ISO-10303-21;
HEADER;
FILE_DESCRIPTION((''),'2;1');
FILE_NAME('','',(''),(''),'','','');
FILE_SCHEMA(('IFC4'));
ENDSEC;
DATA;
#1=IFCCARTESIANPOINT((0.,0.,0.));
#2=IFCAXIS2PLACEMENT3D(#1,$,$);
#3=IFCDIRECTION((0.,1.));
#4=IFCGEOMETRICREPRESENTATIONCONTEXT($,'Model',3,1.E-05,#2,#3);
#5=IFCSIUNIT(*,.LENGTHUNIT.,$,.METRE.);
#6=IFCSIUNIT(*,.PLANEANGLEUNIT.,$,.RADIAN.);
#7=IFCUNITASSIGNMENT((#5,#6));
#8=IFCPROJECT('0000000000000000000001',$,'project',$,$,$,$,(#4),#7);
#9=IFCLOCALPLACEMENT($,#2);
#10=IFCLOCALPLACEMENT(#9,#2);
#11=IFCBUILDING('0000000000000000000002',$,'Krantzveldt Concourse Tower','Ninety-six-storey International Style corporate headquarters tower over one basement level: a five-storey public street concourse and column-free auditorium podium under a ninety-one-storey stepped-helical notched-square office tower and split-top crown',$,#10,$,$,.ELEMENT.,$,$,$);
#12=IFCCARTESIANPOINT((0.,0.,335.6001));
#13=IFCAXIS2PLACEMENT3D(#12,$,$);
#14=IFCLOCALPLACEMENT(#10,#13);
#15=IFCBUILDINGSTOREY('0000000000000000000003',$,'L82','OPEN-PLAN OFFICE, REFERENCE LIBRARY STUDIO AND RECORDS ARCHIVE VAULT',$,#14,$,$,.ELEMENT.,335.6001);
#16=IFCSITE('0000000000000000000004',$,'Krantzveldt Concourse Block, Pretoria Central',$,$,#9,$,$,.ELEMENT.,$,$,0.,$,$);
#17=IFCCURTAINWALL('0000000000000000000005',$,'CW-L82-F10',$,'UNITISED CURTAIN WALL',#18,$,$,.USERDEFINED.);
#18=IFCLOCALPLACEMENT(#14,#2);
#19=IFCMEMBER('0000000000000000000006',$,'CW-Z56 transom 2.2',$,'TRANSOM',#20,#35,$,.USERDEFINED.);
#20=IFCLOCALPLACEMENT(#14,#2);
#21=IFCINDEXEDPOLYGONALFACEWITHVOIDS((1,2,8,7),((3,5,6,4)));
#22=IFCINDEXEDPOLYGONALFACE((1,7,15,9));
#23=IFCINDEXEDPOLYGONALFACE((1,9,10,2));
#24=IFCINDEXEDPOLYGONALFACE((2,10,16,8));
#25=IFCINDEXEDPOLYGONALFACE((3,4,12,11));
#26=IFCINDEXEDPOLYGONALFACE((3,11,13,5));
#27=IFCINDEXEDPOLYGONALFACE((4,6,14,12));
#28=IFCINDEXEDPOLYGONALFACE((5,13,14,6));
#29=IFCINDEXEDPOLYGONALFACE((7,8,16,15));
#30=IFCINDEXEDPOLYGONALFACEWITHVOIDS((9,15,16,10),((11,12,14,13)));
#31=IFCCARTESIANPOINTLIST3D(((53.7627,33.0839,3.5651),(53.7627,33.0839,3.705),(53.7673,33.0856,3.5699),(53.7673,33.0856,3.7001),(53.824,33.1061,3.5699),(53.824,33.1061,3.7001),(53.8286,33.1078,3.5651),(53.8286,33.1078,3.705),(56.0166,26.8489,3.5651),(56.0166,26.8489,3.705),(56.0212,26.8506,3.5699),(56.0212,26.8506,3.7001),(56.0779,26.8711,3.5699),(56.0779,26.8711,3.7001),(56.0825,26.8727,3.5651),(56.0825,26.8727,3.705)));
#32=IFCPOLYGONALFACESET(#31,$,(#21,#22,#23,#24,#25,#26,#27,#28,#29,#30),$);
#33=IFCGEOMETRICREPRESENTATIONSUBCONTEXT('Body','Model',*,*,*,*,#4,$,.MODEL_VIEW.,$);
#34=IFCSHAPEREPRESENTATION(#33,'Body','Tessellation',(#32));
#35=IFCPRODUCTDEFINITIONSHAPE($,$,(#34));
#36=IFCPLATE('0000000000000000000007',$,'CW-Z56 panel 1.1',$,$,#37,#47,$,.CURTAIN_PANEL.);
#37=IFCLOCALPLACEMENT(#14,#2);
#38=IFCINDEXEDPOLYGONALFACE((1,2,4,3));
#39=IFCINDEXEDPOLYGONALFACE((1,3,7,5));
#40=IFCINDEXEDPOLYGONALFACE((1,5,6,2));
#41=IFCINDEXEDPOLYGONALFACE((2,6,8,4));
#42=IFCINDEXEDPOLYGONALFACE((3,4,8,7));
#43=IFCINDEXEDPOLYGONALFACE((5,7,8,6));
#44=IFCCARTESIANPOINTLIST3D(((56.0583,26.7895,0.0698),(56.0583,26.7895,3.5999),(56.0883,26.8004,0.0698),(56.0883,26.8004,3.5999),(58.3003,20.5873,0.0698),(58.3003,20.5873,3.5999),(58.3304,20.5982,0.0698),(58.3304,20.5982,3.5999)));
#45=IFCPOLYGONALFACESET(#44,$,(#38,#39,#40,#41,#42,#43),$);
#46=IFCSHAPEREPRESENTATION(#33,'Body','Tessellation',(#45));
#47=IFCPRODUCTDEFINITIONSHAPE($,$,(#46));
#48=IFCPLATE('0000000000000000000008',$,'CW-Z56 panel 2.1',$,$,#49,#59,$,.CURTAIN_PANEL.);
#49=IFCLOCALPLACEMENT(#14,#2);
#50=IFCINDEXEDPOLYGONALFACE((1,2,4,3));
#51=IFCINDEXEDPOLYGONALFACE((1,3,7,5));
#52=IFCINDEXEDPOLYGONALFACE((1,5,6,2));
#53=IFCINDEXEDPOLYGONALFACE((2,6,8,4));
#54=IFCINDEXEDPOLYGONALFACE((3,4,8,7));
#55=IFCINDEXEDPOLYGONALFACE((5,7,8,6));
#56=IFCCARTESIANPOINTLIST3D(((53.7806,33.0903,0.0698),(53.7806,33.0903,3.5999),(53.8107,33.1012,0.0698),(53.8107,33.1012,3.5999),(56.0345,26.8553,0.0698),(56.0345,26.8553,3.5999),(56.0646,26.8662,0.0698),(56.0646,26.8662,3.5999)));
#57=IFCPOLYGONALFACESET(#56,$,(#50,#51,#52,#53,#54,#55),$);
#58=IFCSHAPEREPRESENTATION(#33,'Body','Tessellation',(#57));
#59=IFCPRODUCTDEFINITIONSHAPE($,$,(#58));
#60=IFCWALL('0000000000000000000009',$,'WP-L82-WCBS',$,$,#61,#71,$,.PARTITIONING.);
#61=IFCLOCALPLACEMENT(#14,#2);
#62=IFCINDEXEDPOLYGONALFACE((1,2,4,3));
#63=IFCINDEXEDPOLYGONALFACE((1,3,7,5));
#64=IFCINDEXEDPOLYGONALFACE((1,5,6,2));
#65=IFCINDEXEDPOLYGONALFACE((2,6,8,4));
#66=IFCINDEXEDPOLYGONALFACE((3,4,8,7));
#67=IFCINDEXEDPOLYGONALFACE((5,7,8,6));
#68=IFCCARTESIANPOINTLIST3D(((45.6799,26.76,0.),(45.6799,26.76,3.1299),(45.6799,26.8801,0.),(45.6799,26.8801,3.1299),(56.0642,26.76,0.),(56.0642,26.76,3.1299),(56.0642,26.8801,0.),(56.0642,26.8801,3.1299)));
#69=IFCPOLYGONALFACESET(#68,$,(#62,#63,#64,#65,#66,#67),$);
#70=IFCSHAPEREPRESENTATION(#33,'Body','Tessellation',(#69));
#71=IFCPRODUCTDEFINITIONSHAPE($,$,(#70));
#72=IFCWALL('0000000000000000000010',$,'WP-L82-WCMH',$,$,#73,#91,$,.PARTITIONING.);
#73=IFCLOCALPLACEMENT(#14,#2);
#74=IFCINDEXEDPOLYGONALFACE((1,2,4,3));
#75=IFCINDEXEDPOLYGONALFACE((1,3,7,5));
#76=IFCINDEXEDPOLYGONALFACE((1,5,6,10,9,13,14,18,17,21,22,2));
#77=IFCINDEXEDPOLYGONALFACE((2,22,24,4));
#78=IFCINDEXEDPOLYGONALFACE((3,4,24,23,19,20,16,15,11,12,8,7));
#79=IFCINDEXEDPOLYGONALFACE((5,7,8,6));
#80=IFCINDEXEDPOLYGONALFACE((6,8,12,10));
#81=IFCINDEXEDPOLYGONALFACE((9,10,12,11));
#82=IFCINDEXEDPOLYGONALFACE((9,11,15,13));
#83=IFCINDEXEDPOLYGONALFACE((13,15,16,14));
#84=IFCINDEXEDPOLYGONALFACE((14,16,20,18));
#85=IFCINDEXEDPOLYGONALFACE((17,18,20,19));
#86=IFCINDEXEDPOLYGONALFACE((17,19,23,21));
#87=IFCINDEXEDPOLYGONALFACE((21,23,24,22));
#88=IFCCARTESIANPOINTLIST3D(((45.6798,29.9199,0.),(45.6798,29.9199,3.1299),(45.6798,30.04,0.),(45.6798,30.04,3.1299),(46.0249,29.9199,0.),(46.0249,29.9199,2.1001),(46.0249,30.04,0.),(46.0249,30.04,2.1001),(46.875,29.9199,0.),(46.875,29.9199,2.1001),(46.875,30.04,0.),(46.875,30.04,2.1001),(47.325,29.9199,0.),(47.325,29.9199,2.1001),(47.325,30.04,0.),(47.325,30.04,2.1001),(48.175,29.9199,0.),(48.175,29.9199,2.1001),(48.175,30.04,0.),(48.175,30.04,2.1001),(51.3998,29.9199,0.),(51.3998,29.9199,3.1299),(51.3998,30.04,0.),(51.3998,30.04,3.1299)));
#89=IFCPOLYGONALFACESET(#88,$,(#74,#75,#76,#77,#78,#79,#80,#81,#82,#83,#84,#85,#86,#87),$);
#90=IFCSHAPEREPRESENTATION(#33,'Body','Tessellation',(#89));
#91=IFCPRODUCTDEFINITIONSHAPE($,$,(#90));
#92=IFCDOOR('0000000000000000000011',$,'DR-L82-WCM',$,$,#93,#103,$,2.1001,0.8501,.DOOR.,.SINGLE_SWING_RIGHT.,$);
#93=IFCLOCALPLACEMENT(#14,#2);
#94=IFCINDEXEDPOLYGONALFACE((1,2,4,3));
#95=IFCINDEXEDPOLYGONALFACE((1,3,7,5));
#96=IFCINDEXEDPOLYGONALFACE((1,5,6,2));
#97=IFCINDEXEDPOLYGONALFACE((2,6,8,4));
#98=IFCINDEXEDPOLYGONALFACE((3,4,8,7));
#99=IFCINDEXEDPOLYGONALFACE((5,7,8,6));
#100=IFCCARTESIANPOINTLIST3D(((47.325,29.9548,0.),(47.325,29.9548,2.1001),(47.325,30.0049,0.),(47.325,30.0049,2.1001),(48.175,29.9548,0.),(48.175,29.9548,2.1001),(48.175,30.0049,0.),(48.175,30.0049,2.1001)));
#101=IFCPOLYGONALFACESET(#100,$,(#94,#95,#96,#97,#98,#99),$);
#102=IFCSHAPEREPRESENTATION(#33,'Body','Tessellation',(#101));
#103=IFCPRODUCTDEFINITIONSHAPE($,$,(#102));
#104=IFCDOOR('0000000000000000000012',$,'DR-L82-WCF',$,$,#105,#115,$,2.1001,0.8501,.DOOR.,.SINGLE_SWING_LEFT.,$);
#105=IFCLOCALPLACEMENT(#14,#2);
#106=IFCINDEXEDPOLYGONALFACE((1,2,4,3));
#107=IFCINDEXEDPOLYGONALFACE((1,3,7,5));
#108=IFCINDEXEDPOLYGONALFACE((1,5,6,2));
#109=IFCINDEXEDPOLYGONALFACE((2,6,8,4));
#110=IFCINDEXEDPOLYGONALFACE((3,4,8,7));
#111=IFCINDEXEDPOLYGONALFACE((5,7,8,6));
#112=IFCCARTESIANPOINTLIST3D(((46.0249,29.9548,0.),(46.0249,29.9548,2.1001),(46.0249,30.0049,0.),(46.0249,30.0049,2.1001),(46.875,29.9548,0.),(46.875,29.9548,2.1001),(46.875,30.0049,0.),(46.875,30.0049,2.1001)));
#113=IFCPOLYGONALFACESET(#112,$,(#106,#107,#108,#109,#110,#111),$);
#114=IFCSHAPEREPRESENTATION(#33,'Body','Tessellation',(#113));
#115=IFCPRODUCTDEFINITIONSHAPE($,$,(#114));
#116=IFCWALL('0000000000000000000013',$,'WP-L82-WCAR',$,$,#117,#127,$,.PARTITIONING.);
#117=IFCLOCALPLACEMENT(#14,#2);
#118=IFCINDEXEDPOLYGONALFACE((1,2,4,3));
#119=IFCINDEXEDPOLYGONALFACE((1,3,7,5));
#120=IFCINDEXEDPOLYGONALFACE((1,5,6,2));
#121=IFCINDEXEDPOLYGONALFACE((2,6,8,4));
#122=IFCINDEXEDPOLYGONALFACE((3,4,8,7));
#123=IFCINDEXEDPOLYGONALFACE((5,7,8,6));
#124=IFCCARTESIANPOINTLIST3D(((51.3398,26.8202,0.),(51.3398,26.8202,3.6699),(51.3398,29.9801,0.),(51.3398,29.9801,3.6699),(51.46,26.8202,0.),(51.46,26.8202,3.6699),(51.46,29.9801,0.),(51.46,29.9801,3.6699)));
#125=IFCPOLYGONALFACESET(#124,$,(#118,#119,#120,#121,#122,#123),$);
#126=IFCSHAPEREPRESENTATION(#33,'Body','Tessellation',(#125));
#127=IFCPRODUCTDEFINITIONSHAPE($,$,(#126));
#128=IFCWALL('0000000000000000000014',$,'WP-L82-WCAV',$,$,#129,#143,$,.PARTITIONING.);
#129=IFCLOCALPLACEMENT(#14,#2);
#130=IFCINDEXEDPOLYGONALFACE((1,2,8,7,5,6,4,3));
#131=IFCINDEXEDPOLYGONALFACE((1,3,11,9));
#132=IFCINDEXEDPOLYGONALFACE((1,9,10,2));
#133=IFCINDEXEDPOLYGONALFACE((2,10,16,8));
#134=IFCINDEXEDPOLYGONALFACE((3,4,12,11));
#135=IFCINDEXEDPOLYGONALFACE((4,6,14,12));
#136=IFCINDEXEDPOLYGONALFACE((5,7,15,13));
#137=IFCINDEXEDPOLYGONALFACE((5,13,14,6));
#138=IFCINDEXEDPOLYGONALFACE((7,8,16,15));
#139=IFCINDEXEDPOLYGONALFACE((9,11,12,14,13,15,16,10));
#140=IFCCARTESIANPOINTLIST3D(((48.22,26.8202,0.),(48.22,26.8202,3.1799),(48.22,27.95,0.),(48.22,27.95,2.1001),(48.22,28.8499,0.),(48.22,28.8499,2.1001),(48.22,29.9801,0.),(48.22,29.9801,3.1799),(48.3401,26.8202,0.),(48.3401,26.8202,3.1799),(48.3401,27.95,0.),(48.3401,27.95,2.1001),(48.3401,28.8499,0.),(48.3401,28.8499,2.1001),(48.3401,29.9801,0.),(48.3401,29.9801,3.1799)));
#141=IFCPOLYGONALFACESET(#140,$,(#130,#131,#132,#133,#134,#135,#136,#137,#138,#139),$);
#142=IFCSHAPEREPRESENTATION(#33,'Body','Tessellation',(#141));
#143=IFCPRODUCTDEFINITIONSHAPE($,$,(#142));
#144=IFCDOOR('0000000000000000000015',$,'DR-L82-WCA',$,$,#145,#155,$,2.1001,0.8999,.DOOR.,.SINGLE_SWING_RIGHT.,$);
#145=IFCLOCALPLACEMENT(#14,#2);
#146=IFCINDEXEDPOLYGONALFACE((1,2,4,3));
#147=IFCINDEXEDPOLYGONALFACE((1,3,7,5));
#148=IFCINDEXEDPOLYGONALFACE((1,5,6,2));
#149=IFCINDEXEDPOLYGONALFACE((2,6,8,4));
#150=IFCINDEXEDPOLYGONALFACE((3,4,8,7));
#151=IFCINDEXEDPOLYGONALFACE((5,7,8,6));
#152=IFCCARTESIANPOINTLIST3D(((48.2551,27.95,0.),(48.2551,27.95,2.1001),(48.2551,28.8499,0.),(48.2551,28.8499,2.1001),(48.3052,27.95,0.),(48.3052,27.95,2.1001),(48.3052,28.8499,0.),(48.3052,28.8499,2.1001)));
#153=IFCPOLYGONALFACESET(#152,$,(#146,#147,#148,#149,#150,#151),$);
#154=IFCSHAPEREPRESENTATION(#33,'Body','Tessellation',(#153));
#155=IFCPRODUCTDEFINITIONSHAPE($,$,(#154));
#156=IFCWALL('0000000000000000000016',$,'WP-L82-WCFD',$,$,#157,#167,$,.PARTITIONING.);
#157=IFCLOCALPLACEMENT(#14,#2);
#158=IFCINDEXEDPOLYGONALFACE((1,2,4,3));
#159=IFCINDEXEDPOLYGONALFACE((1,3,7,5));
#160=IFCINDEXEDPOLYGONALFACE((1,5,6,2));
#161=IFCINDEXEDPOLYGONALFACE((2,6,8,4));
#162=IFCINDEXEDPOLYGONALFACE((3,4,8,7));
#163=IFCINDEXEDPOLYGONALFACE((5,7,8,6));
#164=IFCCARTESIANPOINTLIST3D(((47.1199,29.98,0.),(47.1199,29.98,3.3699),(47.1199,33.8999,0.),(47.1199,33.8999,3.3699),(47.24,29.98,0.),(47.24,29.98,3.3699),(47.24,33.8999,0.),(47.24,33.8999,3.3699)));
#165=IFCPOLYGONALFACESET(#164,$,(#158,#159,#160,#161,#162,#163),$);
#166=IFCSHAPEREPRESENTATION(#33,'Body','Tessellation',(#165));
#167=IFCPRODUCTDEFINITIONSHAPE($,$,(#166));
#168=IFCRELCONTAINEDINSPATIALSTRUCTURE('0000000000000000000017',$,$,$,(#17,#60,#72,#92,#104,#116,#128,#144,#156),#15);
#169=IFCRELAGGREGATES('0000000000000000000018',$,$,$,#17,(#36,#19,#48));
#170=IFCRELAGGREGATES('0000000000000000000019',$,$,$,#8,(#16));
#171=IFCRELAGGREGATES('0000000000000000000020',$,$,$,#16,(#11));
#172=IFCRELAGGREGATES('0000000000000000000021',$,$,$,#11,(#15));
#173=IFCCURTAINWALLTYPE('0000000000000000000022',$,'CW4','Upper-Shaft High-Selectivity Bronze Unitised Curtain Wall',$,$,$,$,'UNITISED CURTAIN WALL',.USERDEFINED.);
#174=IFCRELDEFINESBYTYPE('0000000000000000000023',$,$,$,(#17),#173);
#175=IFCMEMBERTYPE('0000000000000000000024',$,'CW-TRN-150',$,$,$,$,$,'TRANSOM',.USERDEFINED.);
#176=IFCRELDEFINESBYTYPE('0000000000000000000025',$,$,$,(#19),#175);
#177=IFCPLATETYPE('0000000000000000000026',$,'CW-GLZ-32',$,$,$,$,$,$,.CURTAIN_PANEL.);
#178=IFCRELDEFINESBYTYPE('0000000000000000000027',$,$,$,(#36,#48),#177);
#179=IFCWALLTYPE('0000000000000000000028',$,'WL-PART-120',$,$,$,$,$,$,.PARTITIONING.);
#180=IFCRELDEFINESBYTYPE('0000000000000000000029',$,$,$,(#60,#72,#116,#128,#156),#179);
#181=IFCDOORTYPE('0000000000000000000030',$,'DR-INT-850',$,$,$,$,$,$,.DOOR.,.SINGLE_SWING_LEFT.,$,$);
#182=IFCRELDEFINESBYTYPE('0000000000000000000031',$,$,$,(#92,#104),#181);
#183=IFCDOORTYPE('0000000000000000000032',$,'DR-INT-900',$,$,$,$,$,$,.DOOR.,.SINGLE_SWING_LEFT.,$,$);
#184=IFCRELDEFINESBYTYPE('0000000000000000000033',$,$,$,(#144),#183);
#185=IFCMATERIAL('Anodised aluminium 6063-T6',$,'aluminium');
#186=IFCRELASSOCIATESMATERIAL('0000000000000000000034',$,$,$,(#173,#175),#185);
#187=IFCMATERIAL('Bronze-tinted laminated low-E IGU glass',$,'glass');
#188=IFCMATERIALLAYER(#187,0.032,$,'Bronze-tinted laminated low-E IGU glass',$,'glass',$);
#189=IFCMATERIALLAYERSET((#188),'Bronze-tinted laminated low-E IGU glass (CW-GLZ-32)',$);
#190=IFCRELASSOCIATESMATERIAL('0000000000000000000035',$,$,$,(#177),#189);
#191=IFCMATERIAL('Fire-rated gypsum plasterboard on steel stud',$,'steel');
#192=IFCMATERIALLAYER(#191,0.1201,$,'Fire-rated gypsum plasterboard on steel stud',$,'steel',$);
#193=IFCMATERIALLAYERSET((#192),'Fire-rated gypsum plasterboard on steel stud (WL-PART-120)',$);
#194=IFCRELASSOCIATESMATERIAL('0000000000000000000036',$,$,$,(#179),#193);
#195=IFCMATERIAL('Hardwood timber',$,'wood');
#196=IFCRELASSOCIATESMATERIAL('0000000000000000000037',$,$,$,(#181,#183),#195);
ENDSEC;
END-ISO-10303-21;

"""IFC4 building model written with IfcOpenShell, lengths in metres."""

from ifc_helpers import new_model, si_unit, direction, frame, frame_2d, origin, origin_2d, place, context, subcontext, project, spatial, rectangle, hollow_rectangle, extrude, source, transform, mapped, material, layer, layer_set, material_profile, profile_set, type_object, type_shapes, element, fill, aggregate, save


model = new_model("IFC4")

# Units and contexts
model_context = context("Model", 3, precision=1e-05, world=origin(), true_north=direction((0.0, 1.0)))
body_context = subcontext(model_context, "Body", "Model", "MODEL_VIEW")
ifc_project = project(units=[si_unit("LENGTHUNIT", "METRE"), si_unit("PLANEANGLEUNIT", "RADIAN")], contexts=[model_context])

# Site, building, storey
site_placement = place(None, origin())
site = spatial("IfcSite", under=ifc_project, at=site_placement, Name="Krantzveldt Concourse Block, Pretoria Central", CompositionType="ELEMENT", RefElevation=0.0)
building_placement = place(site_placement, origin())
building = spatial("IfcBuilding", under=site, at=building_placement, Name="Krantzveldt Concourse Tower", Description="Ninety-six-storey International Style corporate headquarters tower over one basement level: a five-storey public street concourse and column-free auditorium podium under a ninety-one-storey stepped-helical notched-square office tower and split-top crown", CompositionType="ELEMENT")
storey_placement = place(building_placement, frame((0.0, 0.0, 335.6001)))
storey = spatial("IfcBuildingStorey", under=building, at=storey_placement, Name="L82", Description="OPEN-PLAN OFFICE, REFERENCE LIBRARY STUDIO AND RECORDS ARCHIVE VAULT", CompositionType="ELEMENT", Elevation=335.6001)

# Curtain wall, member, plates
ifc_material_1 = material(Name="Anodised aluminium 6063-T6", Category="aluminium")
curtain_wall_type = type_object("IfcCurtainWallType", Name="CW4", Description="Upper-Shaft High-Selectivity Bronze Unitised Curtain Wall", ElementType="UNITISED CURTAIN WALL", PredefinedType="USERDEFINED", material=ifc_material_1)
curtain_wall_placement = place(storey_placement, origin())
curtain_wall = element("IfcCurtainWall", 1, at=curtain_wall_placement, inside=storey, type_object=curtain_wall_type, Name="CW-L82-F10", ObjectType="UNITISED CURTAIN WALL", PredefinedType="USERDEFINED")
ifc_material_profile_1 = material_profile(ifc_material_1, hollow_rectangle(XDim=0.0701, YDim=0.1399, WallThickness=0.0049, at=origin_2d()), Name="Anodised aluminium 6063-T6", Category="aluminium")
ifc_profile_set_1 = profile_set([ifc_material_profile_1], Name="Anodised aluminium 6063-T6 - ALU-TRAN 140x70x5")
member_type_1 = type_object("IfcMemberType", Name="CW-TRN-150", ElementType="TRANSOM", PredefinedType="USERDEFINED", material=ifc_profile_set_1)
shared_shape_1 = source(origin(), body_context, "Body", "SweptSolid", [
    extrude(hollow_rectangle(XDim=0.0701, YDim=0.1399, WallThickness=0.0049, at=origin_2d()), origin(), (0.0, 0.0, 1.0), 6.6299),
])
type_shapes(member_type_1, [shared_shape_1])
member_1_placement = place(storey_placement, frame((56.0496, 26.8608, 3.635), z_axis=(-0.339957, 0.940441, 0.0), x_axis=(-0.940441, -0.339957, 0.0)))
member_1 = element("IfcMember", 2, at=member_1_placement, type_object=member_type_1, Name="CW-Z56 transom 2.2", ObjectType="TRANSOM", PredefinedType="USERDEFINED", context=body_context, shape_type="MappedRepresentation", body=[
    mapped(shared_shape_1, transform((0.0, 0.0, 0.0), x_axis=(1.0, 0.0, 0.0), y_axis=(0.0, 1.0, 0.0), z_axis=(0.0, 0.0, 1.0), scale=1.0)),
])
ifc_material_2 = material(Name="Bronze-tinted laminated low-E IGU glass", Category="glass")
ifc_layer_1 = layer(ifc_material_2, 0.032, Name="Bronze-tinted laminated low-E IGU glass", Category="glass")
ifc_layer_set_1 = layer_set([ifc_layer_1], Name="Bronze-tinted laminated low-E IGU glass (CW-GLZ-32)")
plate_type = type_object("IfcPlateType", Name="CW-GLZ-32", PredefinedType="CURTAIN_PANEL", material=ifc_layer_set_1)
shared_shape_2 = source(origin(), body_context, "Body", "SweptSolid", [
    extrude(rectangle(XDim=6.595, YDim=0.032, at=origin_2d()), origin(), (0.0, 0.0, 1.0), 3.53),
])
plate_1_placement = place(storey_placement, frame((57.1943, 23.6938, 0.0698), z_axis=(0.0, 0.0, 1.0), x_axis=(-0.339969, 0.940437, 0.0)))
plate_1 = element("IfcPlate", 3, at=plate_1_placement, type_object=plate_type, Name="CW-Z56 panel 1.1", PredefinedType="CURTAIN_PANEL", context=body_context, shape_type="MappedRepresentation", body=[
    mapped(shared_shape_2, transform((0.0, 0.0, 0.0), x_axis=(1.0, 0.0, 0.0), y_axis=(0.0, 1.0, 0.0), z_axis=(0.0, 0.0, 1.0), scale=1.0)),
])
shared_shape_3 = source(origin(), body_context, "Body", "SweptSolid", [
    extrude(rectangle(XDim=6.6299, YDim=0.032, at=origin_2d()), origin(), (0.0, 0.0, 1.0), 3.53),
])
type_shapes(plate_type, [shared_shape_2, shared_shape_3])
plate_2_placement = place(storey_placement, frame((54.9226, 29.9783, 0.0698), z_axis=(0.0, 0.0, 1.0), x_axis=(-0.339969, 0.940437, 0.0)))
plate_2 = element("IfcPlate", 4, at=plate_2_placement, type_object=plate_type, Name="CW-Z56 panel 2.1", PredefinedType="CURTAIN_PANEL", context=body_context, shape_type="MappedRepresentation", body=[
    mapped(shared_shape_3, transform((0.0, 0.0, 0.0), x_axis=(1.0, 0.0, 0.0), y_axis=(0.0, 1.0, 0.0), z_axis=(0.0, 0.0, 1.0), scale=1.0)),
])
aggregate(curtain_wall, [plate_1, member_1, plate_2])

# Wall
ifc_material_3 = material(Name="Fire-rated gypsum plasterboard on steel stud", Category="steel")
ifc_layer_2 = layer(ifc_material_3, 0.1201, Name="Fire-rated gypsum plasterboard on steel stud", Category="steel")
ifc_layer_set_2 = layer_set([ifc_layer_2], Name="Fire-rated gypsum plasterboard on steel stud (WL-PART-120)")
wall_type_1 = type_object("IfcWallType", Name="WL-PART-120", PredefinedType="PARTITIONING", material=ifc_layer_set_2)
wall_1_placement = place(storey_placement, frame((45.6799, 26.8201, 0.0), z_axis=(0.0, 0.0, 1.0), x_axis=(1.0, 0.0, 0.0)))
element("IfcWall", 5, at=wall_1_placement, inside=storey, type_object=wall_type_1, Name="WP-L82-WCBS", PredefinedType="PARTITIONING", context=body_context, shape_type="SweptSolid", body=[
    extrude(rectangle(XDim=10.3843, YDim=0.1201, at=frame_2d((5.1921, 0.0))), origin(), (0.0, 0.0, 1.0), 3.1299),
])

# Wall, openings, doors
wall_2_placement = place(storey_placement, frame((45.6799, 29.98, 0.0), z_axis=(0.0, 0.0, 1.0), x_axis=(1.0, 0.0, 0.0)))
wall_2 = element("IfcWall", 6, at=wall_2_placement, inside=storey, type_object=wall_type_1, Name="WP-L82-WCMH", PredefinedType="PARTITIONING", context=body_context, shape_type="SweptSolid", body=[
    extrude(rectangle(XDim=5.72, YDim=0.1201, at=frame_2d((2.8599, 0.0))), origin(), (0.0, 0.0, 1.0), 3.1299),
])
opening_1_placement = place(wall_2_placement, frame((1.645, 0.0, 0.0)))
opening_1 = element("IfcOpeningElement", 7, at=opening_1_placement, cuts=wall_2, PredefinedType="OPENING", context=body_context, shape_type="SweptSolid", body=[
    extrude(rectangle(XDim=0.8501, YDim=2.1001, at=frame_2d((0.425, 1.05))), frame((0.0, 0.0701, 0.0), z_axis=(0.0, -1.0, 0.0), x_axis=(1.0, 0.0, 0.0)), (0.0, 0.0, 1.0), 0.1401),
])
opening_2_placement = place(wall_2_placement, frame((0.345, 0.0, 0.0)))
opening_2 = element("IfcOpeningElement", 8, at=opening_2_placement, cuts=wall_2, PredefinedType="OPENING", context=body_context, shape_type="SweptSolid", body=[
    extrude(rectangle(XDim=0.8501, YDim=2.1001, at=frame_2d((0.425, 1.05))), frame((0.0, 0.0701, 0.0), z_axis=(0.0, -1.0, 0.0), x_axis=(1.0, 0.0, 0.0)), (0.0, 0.0, 1.0), 0.1401),
])
ifc_material_4 = material(Name="Hardwood timber", Category="wood")
door_type_1 = type_object("IfcDoorType", Name="DR-INT-850", OperationType="SINGLE_SWING_LEFT", PredefinedType="DOOR", material=ifc_material_4)
door_1_placement = place(opening_1_placement, origin())
door_1 = element("IfcDoor", 9, at=door_1_placement, inside=storey, type_object=door_type_1, Name="DR-L82-WCM", OperationType="SINGLE_SWING_RIGHT", OverallHeight=2.1001, OverallWidth=0.8501, PredefinedType="DOOR", context=body_context, shape_type="SweptSolid", body=[
    extrude(rectangle(XDim=0.8501, YDim=2.1001, at=frame_2d((0.425, 1.05))), frame((0.0, 0.0249, 0.0), z_axis=(0.0, -1.0, 0.0), x_axis=(1.0, 0.0, 0.0)), (0.0, 0.0, 1.0), 0.05),
])
fill(opening_1, door_1)
door_2_placement = place(opening_2_placement, origin())
door_2 = element("IfcDoor", 10, at=door_2_placement, inside=storey, type_object=door_type_1, Name="DR-L82-WCF", OperationType="SINGLE_SWING_LEFT", OverallHeight=2.1001, OverallWidth=0.8501, PredefinedType="DOOR", context=body_context, shape_type="SweptSolid", body=[
    extrude(rectangle(XDim=0.8501, YDim=2.1001, at=frame_2d((0.425, 1.05))), frame((0.0, 0.0249, 0.0), z_axis=(0.0, -1.0, 0.0), x_axis=(1.0, 0.0, 0.0)), (0.0, 0.0, 1.0), 0.05),
])
fill(opening_2, door_2)

# Wall
wall_3_placement = place(storey_placement, frame((51.3999, 26.8201, 0.0), z_axis=(0.0, 0.0, 1.0), x_axis=(0.0, 1.0, 0.0)))
element("IfcWall", 11, at=wall_3_placement, inside=storey, type_object=wall_type_1, Name="WP-L82-WCAR", PredefinedType="PARTITIONING", context=body_context, shape_type="SweptSolid", body=[
    extrude(rectangle(XDim=3.1599, YDim=0.1201, at=frame_2d((1.5801, 0.0))), origin(), (0.0, 0.0, 1.0), 3.6699),
])

# Wall, opening, door
wall_4_placement = place(storey_placement, frame((48.28, 26.8201, 0.0), z_axis=(0.0, 0.0, 1.0), x_axis=(0.0, 1.0, 0.0)))
wall_4 = element("IfcWall", 12, at=wall_4_placement, inside=storey, type_object=wall_type_1, Name="WP-L82-WCAV", PredefinedType="PARTITIONING", context=body_context, shape_type="SweptSolid", body=[
    extrude(rectangle(XDim=3.1599, YDim=0.1201, at=frame_2d((1.5801, 0.0))), origin(), (0.0, 0.0, 1.0), 3.1799),
])
opening_3_placement = place(wall_4_placement, frame((1.1299, 0.0, 0.0)))
opening_3 = element("IfcOpeningElement", 13, at=opening_3_placement, cuts=wall_4, PredefinedType="OPENING", context=body_context, shape_type="SweptSolid", body=[
    extrude(rectangle(XDim=0.8999, YDim=2.1001, at=frame_2d((0.45, 1.05))), frame((0.0, 0.0701, 0.0), z_axis=(0.0, -1.0, 0.0), x_axis=(1.0, 0.0, 0.0)), (0.0, 0.0, 1.0), 0.1401),
])
door_type_2 = type_object("IfcDoorType", Name="DR-INT-900", OperationType="SINGLE_SWING_LEFT", PredefinedType="DOOR", material=ifc_material_4)
door_3_placement = place(opening_3_placement, origin())
door_3 = element("IfcDoor", 14, at=door_3_placement, inside=storey, type_object=door_type_2, Name="DR-L82-WCA", OperationType="SINGLE_SWING_RIGHT", OverallHeight=2.1001, OverallWidth=0.8999, PredefinedType="DOOR", context=body_context, shape_type="SweptSolid", body=[
    extrude(rectangle(XDim=0.8999, YDim=2.1001, at=frame_2d((0.45, 1.05))), frame((0.0, 0.0249, 0.0), z_axis=(0.0, -1.0, 0.0), x_axis=(1.0, 0.0, 0.0)), (0.0, 0.0, 1.0), 0.05),
])
fill(opening_3, door_3)

# Wall
wall_5_placement = place(storey_placement, frame((47.1799, 29.98, 0.0), z_axis=(0.0, 0.0, 1.0), x_axis=(0.0, 1.0, 0.0)))
element("IfcWall", 15, at=wall_5_placement, inside=storey, type_object=wall_type_1, Name="WP-L82-WCFD", PredefinedType="PARTITIONING", context=body_context, shape_type="SweptSolid", body=[
    extrude(rectangle(XDim=3.9199, YDim=0.1201, at=frame_2d((1.96, 0.0))), origin(), (0.0, 0.0, 1.0), 3.3699),
])

save(model, "model.ifc")
